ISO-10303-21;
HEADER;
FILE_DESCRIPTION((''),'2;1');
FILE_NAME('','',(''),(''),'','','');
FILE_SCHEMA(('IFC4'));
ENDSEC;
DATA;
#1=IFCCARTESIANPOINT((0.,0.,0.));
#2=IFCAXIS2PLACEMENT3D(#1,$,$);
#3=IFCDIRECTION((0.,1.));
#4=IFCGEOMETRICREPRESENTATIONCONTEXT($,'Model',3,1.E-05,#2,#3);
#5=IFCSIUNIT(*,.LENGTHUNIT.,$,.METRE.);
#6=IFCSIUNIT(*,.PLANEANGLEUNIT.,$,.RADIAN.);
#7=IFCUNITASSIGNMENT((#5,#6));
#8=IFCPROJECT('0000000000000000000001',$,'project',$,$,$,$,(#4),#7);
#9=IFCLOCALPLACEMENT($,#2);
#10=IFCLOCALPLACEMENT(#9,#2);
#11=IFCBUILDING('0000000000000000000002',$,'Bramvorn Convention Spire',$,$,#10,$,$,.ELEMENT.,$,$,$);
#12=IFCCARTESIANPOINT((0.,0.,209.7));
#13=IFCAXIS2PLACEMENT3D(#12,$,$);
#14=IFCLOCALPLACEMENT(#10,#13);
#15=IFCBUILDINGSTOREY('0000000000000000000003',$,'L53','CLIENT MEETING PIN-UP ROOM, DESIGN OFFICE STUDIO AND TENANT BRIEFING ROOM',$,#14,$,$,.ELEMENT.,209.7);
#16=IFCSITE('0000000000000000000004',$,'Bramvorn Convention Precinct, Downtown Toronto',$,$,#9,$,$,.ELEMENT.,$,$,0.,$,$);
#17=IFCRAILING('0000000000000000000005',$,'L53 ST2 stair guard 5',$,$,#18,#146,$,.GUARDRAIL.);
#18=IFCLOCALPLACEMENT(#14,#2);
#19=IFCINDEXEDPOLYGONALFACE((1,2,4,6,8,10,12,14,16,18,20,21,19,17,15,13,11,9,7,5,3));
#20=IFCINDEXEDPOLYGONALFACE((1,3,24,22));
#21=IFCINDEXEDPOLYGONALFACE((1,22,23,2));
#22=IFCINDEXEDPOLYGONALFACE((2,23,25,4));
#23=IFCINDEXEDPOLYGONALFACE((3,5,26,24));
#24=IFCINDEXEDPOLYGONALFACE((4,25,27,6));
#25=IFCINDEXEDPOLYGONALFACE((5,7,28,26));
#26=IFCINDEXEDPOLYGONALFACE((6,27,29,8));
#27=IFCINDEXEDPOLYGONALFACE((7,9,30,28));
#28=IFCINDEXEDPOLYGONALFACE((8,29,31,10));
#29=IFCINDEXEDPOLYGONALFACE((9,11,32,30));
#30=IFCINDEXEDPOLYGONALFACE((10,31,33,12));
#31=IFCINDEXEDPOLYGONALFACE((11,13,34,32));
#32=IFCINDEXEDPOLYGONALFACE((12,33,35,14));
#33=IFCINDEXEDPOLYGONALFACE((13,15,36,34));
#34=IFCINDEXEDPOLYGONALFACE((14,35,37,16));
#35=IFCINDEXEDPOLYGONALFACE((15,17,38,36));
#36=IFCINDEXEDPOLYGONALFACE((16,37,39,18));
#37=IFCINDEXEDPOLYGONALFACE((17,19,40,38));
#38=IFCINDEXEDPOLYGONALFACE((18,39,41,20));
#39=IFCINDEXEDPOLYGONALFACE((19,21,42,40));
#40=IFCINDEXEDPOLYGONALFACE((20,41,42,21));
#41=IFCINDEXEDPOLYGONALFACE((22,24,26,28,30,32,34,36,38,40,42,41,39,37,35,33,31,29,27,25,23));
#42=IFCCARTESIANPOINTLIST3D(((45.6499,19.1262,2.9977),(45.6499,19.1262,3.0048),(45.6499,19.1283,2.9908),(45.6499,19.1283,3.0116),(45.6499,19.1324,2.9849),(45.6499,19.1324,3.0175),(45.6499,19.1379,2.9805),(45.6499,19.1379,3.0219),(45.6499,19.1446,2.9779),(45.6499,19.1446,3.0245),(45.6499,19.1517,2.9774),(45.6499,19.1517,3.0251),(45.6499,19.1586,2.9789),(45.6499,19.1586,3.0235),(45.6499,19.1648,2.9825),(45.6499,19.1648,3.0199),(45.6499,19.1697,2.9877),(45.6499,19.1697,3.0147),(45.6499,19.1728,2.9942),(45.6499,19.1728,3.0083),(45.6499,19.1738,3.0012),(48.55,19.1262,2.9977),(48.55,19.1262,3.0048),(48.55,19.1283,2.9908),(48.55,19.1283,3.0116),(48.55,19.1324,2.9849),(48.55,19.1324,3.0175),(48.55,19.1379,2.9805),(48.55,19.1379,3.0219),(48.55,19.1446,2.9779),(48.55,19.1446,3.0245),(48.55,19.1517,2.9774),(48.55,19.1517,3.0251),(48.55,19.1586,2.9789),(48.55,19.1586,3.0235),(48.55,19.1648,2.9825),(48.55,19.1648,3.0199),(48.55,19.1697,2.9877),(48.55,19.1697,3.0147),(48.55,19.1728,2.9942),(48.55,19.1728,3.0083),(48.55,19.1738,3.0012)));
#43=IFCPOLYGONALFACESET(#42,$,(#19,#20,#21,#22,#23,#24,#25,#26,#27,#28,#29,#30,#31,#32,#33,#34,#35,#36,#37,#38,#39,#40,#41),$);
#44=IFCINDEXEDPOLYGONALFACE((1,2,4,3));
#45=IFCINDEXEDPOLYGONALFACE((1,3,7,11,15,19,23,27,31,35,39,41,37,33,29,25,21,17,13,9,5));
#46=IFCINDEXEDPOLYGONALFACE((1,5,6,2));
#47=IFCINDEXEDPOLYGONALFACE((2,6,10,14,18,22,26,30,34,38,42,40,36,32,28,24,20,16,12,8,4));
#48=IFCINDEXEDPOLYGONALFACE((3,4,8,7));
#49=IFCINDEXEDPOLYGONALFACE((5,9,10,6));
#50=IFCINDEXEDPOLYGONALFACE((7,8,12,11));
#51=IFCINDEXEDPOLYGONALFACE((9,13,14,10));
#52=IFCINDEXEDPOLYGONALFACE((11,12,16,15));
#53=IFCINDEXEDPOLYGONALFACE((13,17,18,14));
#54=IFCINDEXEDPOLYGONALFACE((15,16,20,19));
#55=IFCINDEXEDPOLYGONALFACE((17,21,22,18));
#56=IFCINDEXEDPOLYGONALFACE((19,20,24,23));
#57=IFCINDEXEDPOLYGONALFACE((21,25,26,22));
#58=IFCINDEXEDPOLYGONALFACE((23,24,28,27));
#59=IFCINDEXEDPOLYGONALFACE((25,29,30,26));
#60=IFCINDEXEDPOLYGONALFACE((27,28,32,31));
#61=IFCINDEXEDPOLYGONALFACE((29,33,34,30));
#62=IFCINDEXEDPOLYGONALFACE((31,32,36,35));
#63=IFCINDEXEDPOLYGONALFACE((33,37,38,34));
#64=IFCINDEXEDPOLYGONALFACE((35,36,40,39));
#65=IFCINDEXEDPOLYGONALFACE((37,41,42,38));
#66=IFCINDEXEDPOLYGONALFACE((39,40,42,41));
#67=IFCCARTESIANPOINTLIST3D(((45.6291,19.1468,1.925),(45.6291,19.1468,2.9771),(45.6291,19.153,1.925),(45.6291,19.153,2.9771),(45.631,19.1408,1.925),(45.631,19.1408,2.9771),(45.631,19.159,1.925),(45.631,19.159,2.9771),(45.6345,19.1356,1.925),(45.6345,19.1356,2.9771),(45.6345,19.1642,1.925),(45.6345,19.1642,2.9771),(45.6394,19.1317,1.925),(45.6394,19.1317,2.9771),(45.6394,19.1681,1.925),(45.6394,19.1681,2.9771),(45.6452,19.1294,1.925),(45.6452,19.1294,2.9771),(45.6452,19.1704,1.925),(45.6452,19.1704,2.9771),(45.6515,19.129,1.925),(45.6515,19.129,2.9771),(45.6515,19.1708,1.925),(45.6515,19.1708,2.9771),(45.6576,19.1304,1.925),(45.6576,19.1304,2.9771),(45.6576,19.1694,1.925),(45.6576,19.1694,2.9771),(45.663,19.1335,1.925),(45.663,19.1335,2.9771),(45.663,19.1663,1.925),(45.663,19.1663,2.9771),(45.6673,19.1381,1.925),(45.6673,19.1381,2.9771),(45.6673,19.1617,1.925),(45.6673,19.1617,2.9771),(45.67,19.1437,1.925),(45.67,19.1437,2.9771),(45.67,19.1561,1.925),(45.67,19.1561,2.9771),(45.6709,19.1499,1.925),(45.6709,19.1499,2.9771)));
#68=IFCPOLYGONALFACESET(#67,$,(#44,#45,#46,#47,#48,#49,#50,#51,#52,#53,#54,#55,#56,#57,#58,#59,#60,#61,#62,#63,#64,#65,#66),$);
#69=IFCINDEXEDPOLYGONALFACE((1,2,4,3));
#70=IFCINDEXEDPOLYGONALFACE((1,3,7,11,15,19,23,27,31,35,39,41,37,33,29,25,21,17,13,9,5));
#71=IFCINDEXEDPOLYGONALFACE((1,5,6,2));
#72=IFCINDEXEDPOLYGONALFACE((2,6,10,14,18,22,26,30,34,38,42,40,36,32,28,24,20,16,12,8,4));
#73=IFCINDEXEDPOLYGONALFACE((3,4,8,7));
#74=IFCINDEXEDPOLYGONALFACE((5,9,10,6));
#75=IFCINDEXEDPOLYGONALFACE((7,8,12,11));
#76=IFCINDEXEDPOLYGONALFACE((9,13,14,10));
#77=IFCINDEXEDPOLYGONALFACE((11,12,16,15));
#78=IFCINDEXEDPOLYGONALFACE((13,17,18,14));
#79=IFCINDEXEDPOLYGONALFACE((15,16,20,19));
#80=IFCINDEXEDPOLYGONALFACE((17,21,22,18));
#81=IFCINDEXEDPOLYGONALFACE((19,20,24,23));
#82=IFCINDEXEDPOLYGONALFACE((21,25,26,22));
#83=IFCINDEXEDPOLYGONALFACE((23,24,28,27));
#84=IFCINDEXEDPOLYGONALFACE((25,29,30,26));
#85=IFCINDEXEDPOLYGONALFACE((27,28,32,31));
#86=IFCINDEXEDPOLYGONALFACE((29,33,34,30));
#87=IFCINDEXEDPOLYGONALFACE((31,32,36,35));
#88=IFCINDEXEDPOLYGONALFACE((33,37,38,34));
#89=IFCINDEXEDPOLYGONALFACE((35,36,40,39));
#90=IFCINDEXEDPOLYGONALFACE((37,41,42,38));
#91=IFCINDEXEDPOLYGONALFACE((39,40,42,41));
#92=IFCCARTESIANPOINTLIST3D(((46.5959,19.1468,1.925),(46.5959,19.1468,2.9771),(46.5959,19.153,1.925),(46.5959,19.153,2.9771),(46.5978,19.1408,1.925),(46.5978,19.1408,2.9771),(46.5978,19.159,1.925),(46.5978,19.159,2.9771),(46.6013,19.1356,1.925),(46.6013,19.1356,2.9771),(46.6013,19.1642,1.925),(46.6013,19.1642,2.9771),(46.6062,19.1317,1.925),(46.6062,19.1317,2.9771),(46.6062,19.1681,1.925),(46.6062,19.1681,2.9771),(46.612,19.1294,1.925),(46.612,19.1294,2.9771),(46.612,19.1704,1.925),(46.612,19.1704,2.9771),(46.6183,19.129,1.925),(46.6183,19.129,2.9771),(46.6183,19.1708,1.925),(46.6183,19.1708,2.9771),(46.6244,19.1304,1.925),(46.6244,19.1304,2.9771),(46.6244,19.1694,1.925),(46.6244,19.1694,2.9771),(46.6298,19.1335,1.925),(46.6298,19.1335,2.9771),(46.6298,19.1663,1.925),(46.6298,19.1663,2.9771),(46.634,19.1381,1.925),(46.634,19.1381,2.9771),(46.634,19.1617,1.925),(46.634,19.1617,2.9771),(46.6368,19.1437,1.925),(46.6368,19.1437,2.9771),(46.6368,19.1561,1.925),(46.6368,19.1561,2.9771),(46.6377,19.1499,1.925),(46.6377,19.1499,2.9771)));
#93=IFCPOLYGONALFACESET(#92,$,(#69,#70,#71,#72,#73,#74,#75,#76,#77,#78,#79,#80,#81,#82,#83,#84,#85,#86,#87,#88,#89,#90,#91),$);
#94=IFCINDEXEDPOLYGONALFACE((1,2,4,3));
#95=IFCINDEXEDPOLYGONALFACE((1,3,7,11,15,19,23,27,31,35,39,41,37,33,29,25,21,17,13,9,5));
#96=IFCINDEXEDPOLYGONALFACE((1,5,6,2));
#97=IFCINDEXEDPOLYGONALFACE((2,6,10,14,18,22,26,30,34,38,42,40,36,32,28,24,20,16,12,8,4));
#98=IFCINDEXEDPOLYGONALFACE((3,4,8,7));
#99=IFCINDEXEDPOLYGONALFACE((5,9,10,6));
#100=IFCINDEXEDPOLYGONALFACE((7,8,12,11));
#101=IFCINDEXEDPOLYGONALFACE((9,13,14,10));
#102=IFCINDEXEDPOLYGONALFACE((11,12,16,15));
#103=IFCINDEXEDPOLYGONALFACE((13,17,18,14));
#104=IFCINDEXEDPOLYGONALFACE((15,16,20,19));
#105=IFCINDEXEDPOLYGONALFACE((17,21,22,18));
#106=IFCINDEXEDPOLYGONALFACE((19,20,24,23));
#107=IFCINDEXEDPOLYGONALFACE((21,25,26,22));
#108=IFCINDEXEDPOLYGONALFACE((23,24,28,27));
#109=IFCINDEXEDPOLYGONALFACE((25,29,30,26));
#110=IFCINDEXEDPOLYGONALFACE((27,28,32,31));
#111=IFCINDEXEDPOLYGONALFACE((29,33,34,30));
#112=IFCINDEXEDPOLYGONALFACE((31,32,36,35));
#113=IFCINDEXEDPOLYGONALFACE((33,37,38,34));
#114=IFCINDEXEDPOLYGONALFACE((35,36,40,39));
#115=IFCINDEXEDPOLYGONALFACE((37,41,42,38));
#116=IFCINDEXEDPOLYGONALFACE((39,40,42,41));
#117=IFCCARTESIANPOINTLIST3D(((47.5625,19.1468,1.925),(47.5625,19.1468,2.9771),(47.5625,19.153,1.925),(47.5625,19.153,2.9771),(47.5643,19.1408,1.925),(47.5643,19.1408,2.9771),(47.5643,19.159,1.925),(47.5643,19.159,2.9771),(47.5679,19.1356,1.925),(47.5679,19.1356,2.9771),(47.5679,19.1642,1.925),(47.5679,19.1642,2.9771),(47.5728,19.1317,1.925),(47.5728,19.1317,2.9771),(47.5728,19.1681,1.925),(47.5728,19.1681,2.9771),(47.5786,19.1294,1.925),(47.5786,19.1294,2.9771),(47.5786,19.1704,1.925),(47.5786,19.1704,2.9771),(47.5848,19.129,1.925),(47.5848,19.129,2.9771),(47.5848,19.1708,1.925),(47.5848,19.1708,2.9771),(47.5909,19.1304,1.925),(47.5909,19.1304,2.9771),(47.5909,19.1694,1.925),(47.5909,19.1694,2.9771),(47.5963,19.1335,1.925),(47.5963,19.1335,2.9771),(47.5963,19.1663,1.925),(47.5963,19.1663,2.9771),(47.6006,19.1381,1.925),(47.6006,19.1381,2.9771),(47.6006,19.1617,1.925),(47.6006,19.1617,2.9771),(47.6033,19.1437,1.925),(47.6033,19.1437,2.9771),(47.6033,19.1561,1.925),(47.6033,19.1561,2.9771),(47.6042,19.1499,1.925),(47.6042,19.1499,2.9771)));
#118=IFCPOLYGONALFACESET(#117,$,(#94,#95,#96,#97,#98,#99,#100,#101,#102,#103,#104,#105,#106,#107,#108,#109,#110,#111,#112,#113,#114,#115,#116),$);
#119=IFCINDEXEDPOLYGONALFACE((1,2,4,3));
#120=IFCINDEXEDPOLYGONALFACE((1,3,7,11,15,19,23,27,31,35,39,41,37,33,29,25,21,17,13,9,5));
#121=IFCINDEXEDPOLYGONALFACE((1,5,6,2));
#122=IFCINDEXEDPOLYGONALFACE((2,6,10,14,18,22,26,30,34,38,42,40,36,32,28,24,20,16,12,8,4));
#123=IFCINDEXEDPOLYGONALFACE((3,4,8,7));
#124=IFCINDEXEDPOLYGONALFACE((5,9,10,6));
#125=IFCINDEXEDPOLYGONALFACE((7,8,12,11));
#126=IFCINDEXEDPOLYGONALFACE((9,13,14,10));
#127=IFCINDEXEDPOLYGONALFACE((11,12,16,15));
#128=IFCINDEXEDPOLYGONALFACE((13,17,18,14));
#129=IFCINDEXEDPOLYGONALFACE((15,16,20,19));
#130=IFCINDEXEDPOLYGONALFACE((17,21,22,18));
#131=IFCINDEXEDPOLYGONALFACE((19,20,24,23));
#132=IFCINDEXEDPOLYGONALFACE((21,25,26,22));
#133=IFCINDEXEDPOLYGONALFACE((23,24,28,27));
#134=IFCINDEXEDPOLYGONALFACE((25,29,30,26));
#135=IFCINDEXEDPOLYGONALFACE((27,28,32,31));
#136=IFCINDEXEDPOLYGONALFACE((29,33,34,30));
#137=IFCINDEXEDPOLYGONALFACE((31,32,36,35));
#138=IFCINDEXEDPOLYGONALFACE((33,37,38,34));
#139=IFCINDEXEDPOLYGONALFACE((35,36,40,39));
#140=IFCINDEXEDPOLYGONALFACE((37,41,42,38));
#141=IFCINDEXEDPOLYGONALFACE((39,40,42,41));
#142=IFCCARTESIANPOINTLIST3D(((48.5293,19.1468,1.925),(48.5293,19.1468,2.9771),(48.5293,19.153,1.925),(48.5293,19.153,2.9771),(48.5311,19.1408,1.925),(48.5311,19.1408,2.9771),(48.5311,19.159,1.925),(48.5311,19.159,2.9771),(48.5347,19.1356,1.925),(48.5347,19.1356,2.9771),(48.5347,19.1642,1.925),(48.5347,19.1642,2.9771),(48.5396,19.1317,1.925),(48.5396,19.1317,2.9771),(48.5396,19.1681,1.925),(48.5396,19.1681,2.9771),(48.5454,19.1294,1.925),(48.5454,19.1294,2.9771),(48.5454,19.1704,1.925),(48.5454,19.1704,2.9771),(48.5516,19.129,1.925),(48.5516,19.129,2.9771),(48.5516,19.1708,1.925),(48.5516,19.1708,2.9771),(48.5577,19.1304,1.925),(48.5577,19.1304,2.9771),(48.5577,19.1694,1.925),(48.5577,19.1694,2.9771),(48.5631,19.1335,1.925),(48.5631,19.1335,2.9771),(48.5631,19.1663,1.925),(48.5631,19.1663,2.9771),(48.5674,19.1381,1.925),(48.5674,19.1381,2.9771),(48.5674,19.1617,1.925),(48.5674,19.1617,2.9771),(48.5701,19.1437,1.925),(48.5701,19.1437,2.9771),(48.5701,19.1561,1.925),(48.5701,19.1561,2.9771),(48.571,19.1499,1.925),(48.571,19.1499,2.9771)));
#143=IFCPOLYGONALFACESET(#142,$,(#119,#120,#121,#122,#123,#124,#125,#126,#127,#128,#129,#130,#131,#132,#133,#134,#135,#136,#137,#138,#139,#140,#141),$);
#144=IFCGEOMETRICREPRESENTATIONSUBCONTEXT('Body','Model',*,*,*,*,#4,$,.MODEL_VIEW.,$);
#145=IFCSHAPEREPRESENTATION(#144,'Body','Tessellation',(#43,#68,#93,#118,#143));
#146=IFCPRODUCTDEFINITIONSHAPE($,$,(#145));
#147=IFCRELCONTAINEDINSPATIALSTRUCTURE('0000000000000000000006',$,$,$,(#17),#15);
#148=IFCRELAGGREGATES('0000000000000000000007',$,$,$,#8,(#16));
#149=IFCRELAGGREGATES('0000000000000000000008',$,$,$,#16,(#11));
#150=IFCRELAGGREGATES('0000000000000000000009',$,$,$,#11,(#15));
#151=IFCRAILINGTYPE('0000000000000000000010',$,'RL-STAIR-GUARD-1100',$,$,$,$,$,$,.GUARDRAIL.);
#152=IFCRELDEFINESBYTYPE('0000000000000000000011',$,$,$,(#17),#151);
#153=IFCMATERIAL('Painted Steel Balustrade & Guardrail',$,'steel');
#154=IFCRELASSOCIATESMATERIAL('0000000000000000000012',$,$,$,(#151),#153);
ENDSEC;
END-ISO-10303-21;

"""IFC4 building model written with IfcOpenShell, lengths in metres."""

from ifc_helpers import new_model, si_unit, direction, frame, origin, origin_2d, place, context, subcontext, project, spatial, circle, extrude, material, type_object, element, save


model = new_model("IFC4")

# Units and contexts
model_context = context("Model", 3, precision=1e-05, world=origin(), true_north=direction((0.0, 1.0)))
body_context = subcontext(model_context, "Body", "Model", "MODEL_VIEW")
ifc_project = project(units=[si_unit("LENGTHUNIT", "METRE"), si_unit("PLANEANGLEUNIT", "RADIAN")], contexts=[model_context])

# Site, building, storey
site_placement = place(None, origin())
site = spatial("IfcSite", under=ifc_project, at=site_placement, Name="Bramvorn Convention Precinct, Downtown Toronto", CompositionType="ELEMENT", RefElevation=0.0)
building_placement = place(site_placement, origin())
building = spatial("IfcBuilding", under=site, at=building_placement, Name="Bramvorn Convention Spire", CompositionType="ELEMENT")
storey_placement = place(building_placement, frame((0.0, 0.0, 209.7)))
storey = spatial("IfcBuildingStorey", under=building, at=storey_placement, Name="L53", Description="CLIENT MEETING PIN-UP ROOM, DESIGN OFFICE STUDIO AND TENANT BRIEFING ROOM", CompositionType="ELEMENT", Elevation=209.7)

# Railing
ifc_material_1 = material(Name="Painted Steel Balustrade & Guardrail", Category="steel")
railing_type = type_object("IfcRailingType", Name="RL-STAIR-GUARD-1100", PredefinedType="GUARDRAIL", material=ifc_material_1)
railing_1_placement = place(storey_placement, frame((45.6499, 19.1499, 1.925)))
element("IfcRailing", 1, at=railing_1_placement, inside=storey, type_object=railing_type, Name="L53 ST2 stair guard 5", PredefinedType="GUARDRAIL", context=body_context, shape_type="SweptSolid", body=[
    extrude(circle(Radius=0.0239, at=origin_2d()), frame((0.0, 0.0, 1.0762), z_axis=(1.0, 0.0, 0.0), x_axis=(0.0, 1.0, 0.0)), (0.0, 0.0, 1.0), 2.9001),
    extrude(circle(Radius=0.021, at=origin_2d()), origin(), (0.0, 0.0, 1.0), 1.052),
    extrude(circle(Radius=0.021, at=origin_2d()), frame((0.9668, 0.0, 0.0)), (0.0, 0.0, 1.0), 1.052),
    extrude(circle(Radius=0.021, at=origin_2d()), frame((1.9333, 0.0, 0.0)), (0.0, 0.0, 1.0), 1.052),
    extrude(circle(Radius=0.021, at=origin_2d()), frame((2.9001, 0.0, 0.0)), (0.0, 0.0, 1.0), 1.052),
])

save(model, "model.ifc")
